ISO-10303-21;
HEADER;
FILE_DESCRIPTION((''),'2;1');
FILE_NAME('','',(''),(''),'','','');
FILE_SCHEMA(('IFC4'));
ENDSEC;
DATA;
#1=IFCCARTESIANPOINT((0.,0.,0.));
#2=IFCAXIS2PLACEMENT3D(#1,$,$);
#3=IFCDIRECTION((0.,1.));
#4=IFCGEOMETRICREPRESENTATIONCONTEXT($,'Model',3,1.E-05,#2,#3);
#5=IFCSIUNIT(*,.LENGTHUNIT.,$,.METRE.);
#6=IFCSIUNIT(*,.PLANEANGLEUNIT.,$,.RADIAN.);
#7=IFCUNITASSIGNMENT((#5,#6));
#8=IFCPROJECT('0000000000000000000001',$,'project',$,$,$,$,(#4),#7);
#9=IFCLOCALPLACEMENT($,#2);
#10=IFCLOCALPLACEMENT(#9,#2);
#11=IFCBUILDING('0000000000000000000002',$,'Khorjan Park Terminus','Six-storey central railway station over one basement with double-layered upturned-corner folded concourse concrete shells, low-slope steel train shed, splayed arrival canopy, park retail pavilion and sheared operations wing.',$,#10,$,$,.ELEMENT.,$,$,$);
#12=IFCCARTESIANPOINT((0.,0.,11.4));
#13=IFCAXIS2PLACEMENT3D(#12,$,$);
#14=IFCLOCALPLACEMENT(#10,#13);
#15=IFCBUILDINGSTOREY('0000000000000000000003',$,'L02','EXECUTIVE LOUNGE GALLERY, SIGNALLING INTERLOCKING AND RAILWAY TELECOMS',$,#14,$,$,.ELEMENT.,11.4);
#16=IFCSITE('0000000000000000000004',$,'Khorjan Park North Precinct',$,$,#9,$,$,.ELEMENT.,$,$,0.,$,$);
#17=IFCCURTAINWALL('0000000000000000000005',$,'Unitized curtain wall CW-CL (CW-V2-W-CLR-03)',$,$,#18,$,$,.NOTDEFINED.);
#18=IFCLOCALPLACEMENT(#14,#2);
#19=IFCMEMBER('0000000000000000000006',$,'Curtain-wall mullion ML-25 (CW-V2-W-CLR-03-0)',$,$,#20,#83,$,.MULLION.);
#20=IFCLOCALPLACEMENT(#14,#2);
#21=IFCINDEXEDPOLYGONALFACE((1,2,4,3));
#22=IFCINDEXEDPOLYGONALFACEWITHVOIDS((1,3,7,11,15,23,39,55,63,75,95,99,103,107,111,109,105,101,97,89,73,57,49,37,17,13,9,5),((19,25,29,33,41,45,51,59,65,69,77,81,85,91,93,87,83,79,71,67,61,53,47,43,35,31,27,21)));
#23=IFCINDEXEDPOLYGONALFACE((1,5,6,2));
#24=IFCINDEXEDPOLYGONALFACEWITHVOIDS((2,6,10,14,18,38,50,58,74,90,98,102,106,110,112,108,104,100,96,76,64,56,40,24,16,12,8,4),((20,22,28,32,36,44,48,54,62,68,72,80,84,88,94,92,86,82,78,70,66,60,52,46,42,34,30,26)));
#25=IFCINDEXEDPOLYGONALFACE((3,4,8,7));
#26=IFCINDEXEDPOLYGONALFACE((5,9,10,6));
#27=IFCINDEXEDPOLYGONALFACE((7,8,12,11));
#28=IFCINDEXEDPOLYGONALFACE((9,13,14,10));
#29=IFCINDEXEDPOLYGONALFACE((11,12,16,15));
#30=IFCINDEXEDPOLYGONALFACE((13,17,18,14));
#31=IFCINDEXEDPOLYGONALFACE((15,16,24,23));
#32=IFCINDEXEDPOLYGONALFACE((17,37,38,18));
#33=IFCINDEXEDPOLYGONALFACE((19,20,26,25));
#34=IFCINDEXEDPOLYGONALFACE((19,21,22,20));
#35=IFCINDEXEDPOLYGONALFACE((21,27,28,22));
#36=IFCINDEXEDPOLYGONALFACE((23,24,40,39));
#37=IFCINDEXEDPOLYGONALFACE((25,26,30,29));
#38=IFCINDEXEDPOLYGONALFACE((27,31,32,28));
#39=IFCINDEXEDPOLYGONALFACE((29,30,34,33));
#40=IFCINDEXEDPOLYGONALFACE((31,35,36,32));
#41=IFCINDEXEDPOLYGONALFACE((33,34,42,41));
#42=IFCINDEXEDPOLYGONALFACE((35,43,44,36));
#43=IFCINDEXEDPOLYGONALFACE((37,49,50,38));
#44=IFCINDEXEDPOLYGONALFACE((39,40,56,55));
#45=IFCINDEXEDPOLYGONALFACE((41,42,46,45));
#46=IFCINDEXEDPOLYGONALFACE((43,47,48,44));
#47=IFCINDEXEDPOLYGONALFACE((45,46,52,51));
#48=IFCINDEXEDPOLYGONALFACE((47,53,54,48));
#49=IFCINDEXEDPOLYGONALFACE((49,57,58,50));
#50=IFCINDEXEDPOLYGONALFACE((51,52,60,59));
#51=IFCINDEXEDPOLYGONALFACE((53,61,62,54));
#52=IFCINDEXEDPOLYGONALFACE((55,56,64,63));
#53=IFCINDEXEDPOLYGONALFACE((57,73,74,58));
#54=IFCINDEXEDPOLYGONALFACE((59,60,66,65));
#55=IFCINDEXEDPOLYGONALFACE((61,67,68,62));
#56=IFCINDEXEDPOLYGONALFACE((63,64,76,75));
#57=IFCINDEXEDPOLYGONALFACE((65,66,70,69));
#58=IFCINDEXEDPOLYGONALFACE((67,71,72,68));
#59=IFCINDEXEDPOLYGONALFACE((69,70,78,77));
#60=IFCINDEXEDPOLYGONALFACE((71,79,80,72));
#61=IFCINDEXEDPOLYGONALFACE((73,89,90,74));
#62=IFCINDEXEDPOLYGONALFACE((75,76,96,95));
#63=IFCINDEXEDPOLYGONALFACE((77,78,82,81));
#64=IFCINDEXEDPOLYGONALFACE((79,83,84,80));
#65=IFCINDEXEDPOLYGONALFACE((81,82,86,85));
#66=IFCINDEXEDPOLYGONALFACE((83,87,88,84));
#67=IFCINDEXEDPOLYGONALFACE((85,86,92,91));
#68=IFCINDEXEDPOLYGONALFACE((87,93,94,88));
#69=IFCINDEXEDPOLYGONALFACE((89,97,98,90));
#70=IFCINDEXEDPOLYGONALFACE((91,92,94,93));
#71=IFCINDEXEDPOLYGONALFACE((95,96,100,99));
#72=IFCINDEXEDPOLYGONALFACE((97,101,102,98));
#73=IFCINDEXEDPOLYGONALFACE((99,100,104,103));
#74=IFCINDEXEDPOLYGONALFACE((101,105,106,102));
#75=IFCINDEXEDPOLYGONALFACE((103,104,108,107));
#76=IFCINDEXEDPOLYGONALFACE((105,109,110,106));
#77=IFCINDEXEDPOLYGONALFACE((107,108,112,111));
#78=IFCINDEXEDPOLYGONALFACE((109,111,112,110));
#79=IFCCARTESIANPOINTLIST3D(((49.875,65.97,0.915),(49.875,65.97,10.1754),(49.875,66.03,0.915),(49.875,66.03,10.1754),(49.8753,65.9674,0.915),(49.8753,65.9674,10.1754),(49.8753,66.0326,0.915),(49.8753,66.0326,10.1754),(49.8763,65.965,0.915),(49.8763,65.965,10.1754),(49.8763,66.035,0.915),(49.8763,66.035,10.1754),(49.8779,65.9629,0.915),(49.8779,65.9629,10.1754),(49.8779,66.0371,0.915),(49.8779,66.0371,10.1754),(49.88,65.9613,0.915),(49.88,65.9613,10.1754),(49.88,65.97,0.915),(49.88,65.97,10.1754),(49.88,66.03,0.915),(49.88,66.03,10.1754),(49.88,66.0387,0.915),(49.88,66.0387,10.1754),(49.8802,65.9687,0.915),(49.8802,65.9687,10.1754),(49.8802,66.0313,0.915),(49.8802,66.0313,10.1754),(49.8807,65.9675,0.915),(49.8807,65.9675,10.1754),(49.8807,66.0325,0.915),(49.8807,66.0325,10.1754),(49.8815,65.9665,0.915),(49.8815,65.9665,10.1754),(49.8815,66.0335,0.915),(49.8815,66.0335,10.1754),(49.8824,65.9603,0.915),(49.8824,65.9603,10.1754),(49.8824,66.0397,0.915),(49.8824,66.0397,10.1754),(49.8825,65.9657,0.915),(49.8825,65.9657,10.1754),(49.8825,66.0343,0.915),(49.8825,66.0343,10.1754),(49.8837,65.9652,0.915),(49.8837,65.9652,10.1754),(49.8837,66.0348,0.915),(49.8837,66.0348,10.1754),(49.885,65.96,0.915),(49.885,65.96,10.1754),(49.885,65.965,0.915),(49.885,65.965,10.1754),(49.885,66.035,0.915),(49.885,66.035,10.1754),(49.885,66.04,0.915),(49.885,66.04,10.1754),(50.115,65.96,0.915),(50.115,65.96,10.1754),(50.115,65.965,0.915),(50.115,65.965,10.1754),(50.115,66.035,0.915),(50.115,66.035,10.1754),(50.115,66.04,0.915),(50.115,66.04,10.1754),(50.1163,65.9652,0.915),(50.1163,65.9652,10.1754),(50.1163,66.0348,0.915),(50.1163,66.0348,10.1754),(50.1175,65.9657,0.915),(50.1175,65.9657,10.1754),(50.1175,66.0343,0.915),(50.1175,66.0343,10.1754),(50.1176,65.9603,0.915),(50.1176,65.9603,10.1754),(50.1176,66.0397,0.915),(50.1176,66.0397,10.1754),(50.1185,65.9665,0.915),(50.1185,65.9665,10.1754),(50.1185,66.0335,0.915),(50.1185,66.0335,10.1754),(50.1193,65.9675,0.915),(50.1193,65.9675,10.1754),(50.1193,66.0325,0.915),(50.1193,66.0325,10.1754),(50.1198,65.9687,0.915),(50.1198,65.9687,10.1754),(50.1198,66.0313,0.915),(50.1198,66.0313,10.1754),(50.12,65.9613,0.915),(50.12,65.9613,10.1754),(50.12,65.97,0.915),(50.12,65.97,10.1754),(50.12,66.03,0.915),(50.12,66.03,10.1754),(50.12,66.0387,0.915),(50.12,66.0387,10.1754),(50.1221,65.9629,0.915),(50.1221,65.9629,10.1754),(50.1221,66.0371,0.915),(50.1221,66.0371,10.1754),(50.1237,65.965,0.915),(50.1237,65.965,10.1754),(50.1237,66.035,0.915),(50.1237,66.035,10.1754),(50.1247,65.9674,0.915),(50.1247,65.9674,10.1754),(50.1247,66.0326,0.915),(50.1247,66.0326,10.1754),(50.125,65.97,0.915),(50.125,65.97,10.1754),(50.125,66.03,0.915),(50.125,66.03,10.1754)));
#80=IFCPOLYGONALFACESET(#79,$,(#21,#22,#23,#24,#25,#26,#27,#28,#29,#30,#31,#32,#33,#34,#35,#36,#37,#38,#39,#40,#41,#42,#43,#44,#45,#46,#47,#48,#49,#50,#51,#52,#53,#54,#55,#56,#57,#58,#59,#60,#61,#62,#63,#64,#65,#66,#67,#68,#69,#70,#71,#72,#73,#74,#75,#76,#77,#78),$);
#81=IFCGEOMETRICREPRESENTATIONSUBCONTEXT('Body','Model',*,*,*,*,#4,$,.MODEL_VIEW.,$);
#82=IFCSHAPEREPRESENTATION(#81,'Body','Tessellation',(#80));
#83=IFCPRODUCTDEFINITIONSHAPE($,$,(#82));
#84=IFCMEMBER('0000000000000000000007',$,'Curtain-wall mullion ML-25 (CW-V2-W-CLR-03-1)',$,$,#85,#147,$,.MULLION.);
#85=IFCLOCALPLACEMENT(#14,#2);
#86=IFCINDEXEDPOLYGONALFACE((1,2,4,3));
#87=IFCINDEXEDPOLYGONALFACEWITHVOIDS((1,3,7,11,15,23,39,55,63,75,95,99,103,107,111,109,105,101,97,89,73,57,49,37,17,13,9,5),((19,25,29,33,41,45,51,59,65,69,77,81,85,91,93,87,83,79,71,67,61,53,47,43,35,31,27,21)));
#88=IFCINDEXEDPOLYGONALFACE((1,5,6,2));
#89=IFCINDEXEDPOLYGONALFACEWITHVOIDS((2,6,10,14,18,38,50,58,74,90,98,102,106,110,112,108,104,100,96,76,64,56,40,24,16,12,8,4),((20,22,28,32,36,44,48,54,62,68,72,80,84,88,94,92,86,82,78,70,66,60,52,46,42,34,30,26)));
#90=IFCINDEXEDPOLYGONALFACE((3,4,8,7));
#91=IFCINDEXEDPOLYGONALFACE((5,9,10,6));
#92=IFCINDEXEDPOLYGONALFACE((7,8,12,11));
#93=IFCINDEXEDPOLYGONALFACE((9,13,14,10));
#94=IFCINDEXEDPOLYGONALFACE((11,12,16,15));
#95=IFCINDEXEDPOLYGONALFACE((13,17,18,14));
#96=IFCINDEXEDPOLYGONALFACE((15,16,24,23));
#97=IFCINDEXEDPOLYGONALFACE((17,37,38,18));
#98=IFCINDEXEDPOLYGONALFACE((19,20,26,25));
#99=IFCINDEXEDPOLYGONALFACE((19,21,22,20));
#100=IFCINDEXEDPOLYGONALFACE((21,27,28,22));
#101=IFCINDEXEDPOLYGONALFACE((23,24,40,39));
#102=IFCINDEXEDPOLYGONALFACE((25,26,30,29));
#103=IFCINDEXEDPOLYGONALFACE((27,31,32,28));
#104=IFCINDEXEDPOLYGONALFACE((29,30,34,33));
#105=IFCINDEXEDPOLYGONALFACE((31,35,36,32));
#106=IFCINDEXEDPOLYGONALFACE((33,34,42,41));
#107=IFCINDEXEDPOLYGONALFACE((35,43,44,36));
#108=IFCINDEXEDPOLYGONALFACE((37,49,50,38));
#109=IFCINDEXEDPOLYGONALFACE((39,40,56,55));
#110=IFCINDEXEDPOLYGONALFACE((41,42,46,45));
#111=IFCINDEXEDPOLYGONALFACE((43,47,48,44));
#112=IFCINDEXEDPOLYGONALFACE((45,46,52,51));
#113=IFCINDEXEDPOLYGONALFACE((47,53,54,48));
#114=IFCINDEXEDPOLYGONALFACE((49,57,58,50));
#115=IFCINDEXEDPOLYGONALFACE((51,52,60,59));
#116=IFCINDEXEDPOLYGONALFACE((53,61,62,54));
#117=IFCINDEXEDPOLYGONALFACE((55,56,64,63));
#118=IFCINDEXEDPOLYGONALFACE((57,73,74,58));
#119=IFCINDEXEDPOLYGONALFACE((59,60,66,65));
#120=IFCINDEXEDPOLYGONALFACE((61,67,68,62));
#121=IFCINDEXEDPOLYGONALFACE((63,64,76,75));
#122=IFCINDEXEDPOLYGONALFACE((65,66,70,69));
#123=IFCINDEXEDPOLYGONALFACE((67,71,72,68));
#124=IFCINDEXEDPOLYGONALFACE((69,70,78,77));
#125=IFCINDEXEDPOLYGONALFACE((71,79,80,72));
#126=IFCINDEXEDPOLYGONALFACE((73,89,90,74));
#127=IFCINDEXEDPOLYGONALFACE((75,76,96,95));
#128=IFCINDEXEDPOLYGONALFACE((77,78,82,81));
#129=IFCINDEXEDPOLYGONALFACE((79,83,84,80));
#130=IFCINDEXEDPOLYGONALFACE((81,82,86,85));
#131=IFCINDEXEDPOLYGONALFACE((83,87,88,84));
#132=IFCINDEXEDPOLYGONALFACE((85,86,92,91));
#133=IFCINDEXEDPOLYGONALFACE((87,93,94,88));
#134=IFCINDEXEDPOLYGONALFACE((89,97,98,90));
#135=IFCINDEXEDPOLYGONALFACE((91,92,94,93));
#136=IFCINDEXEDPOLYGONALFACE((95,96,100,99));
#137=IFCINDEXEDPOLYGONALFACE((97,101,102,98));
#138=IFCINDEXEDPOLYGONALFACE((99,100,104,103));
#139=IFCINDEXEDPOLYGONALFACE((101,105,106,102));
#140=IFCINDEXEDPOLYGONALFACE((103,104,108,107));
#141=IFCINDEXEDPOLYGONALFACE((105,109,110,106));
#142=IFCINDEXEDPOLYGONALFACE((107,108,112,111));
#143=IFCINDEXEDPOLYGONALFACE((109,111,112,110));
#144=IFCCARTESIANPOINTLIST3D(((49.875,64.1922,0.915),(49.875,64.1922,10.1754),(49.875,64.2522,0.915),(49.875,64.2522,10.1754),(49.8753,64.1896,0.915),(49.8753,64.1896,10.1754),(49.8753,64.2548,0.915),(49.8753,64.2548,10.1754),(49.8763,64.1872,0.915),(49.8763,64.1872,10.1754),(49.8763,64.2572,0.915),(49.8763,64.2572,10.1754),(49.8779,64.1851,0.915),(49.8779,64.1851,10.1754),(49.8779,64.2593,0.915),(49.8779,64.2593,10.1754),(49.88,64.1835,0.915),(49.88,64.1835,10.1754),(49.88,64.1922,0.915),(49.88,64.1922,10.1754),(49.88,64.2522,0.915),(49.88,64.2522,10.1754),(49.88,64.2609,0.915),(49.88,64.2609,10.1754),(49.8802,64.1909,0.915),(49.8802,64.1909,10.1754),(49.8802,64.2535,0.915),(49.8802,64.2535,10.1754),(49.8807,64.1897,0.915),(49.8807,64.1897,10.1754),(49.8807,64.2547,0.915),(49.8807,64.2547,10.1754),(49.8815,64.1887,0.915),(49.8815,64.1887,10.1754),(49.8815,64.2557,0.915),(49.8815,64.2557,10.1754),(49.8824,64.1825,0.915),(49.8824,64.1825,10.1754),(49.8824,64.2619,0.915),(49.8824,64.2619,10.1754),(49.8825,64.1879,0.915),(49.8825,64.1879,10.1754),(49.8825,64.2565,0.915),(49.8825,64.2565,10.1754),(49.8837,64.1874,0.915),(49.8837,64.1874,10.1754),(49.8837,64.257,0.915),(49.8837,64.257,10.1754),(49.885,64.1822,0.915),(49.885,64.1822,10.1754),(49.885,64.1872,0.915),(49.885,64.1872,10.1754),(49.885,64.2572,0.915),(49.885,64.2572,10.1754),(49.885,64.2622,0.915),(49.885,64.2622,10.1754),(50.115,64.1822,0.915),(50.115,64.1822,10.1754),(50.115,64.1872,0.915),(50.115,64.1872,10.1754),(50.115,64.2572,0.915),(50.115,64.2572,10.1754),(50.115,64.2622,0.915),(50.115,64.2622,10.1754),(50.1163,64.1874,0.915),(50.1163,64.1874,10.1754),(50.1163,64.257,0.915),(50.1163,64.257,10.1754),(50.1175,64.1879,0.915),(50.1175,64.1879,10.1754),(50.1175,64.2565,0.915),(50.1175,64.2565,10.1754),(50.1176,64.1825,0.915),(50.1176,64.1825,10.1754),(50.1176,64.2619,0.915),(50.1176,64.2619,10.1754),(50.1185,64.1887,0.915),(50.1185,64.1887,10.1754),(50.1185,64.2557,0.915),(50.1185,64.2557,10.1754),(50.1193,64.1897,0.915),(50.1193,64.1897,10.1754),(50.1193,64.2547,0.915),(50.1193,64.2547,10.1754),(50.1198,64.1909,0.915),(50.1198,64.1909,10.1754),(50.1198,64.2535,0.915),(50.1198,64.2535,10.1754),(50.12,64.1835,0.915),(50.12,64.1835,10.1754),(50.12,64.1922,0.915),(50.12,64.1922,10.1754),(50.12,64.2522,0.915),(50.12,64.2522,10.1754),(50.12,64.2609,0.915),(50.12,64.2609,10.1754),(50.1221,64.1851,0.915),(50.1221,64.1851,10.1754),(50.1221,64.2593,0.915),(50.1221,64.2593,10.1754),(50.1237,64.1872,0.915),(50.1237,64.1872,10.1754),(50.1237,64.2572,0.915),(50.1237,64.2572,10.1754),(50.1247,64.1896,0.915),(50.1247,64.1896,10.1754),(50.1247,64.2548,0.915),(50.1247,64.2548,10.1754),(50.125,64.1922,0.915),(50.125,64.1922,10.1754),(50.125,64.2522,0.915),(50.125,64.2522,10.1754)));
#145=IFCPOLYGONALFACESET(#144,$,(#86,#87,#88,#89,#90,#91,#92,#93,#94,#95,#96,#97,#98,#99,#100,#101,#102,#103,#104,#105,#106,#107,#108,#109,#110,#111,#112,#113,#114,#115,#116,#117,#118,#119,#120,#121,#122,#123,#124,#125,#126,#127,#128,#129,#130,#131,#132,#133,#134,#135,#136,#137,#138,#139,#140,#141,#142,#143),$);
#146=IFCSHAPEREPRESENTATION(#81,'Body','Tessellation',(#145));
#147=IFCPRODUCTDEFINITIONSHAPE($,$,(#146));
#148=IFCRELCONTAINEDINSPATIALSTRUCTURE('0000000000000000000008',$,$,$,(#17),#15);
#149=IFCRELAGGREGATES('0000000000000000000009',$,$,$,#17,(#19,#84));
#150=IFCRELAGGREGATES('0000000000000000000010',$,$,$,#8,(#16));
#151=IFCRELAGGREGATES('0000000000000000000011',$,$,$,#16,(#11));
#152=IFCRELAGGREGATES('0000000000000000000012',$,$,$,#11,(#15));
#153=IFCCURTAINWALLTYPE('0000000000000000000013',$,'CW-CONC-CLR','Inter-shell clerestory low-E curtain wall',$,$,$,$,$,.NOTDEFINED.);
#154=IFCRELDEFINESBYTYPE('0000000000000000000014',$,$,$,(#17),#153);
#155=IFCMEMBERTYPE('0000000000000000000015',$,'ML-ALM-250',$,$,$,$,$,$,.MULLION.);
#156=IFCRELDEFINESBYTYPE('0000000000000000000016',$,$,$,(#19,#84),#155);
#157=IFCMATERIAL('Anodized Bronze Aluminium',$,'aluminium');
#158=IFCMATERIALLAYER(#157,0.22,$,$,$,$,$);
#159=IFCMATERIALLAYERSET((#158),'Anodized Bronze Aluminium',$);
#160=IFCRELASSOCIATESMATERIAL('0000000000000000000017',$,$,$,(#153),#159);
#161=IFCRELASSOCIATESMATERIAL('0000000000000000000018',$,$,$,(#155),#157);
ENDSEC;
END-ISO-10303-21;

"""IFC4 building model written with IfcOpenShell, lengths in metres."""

from ifc_helpers import new_model, si_unit, direction, frame, origin, origin_2d, place, context, subcontext, project, spatial, hollow_rectangle, extrude, material, layer, layer_set, material_profile, profile_set, type_object, element, aggregate, save


model = new_model("IFC4")

# Units and contexts
model_context = context("Model", 3, precision=1e-05, world=origin(), true_north=direction((0.0, 1.0)))
body_context = subcontext(model_context, "Body", "Model", "MODEL_VIEW")
ifc_project = project(units=[si_unit("LENGTHUNIT", "METRE"), si_unit("PLANEANGLEUNIT", "RADIAN")], contexts=[model_context])

# Site, building, storey
site_placement = place(None, origin())
site = spatial("IfcSite", under=ifc_project, at=site_placement, Name="Khorjan Park North Precinct", CompositionType="ELEMENT", RefElevation=0.0)
building_placement = place(site_placement, origin())
building = spatial("IfcBuilding", under=site, at=building_placement, Name="Khorjan Park Terminus", Description="Six-storey central railway station over one basement with double-layered upturned-corner folded concourse concrete shells, low-slope steel train shed, splayed arrival canopy, park retail pavilion and sheared operations wing.", CompositionType="ELEMENT")
storey_placement = place(building_placement, frame((0.0, 0.0, 11.4)))
storey = spatial("IfcBuildingStorey", under=building, at=storey_placement, Name="L02", Description="EXECUTIVE LOUNGE GALLERY, SIGNALLING INTERLOCKING AND RAILWAY TELECOMS", CompositionType="ELEMENT", Elevation=11.4)

# Curtain wall, members
ifc_material_1 = material(Name="Anodized Bronze Aluminium", Category="aluminium")
ifc_layer_1 = layer(ifc_material_1, 0.22)
ifc_layer_set_1 = layer_set([ifc_layer_1], Name="Anodized Bronze Aluminium")
curtain_wall_type = type_object("IfcCurtainWallType", Name="CW-CONC-CLR", Description="Inter-shell clerestory low-E curtain wall", PredefinedType="NOTDEFINED", material=ifc_layer_set_1)
curtain_wall_1_placement = place(storey_placement, origin())
curtain_wall_1 = element("IfcCurtainWall", 1, at=curtain_wall_1_placement, inside=storey, type_object=curtain_wall_type, Name="Unitized curtain wall CW-CL (CW-V2-W-CLR-03)", PredefinedType="NOTDEFINED")
ifc_material_profile_1 = material_profile(ifc_material_1, hollow_rectangle(XDim=0.08, YDim=0.25, WallThickness=0.005, InnerFilletRadius=0.005, OuterFilletRadius=0.01, at=origin_2d()), Name="ALM 80x250x5")
ifc_profile_set_1 = profile_set([ifc_material_profile_1], Name="Anodized Bronze Aluminium")
member_type_1 = type_object("IfcMemberType", Name="ML-ALM-250", PredefinedType="MULLION", material=ifc_profile_set_1)
member_1_placement = place(storey_placement, frame((50.0, 66.0, 0.915), z_axis=(0.0, 0.0, 1.0), x_axis=(0.0, -1.0, 0.0)))
member_1 = element("IfcMember", 2, at=member_1_placement, type_object=member_type_1, Name="Curtain-wall mullion ML-25 (CW-V2-W-CLR-03-0)", PredefinedType="MULLION", context=body_context, shape_type="SweptSolid", body=[
    extrude(hollow_rectangle(XDim=0.08, YDim=0.25, WallThickness=0.005, InnerFilletRadius=0.005, OuterFilletRadius=0.01, at=origin_2d()), origin(), (0.0, 0.0, 1.0), 9.2604),
])
member_2_placement = place(storey_placement, frame((50.0, 64.2222, 0.915), z_axis=(0.0, 0.0, 1.0), x_axis=(0.0, -1.0, 0.0)))
member_2 = element("IfcMember", 3, at=member_2_placement, type_object=member_type_1, Name="Curtain-wall mullion ML-25 (CW-V2-W-CLR-03-1)", PredefinedType="MULLION", context=body_context, shape_type="SweptSolid", body=[
    extrude(hollow_rectangle(XDim=0.08, YDim=0.25, WallThickness=0.005, InnerFilletRadius=0.005, OuterFilletRadius=0.01, at=origin_2d()), origin(), (0.0, 0.0, 1.0), 9.2604),
])

aggregate(curtain_wall_1, [member_1, member_2])

save(model, "model.ifc")
